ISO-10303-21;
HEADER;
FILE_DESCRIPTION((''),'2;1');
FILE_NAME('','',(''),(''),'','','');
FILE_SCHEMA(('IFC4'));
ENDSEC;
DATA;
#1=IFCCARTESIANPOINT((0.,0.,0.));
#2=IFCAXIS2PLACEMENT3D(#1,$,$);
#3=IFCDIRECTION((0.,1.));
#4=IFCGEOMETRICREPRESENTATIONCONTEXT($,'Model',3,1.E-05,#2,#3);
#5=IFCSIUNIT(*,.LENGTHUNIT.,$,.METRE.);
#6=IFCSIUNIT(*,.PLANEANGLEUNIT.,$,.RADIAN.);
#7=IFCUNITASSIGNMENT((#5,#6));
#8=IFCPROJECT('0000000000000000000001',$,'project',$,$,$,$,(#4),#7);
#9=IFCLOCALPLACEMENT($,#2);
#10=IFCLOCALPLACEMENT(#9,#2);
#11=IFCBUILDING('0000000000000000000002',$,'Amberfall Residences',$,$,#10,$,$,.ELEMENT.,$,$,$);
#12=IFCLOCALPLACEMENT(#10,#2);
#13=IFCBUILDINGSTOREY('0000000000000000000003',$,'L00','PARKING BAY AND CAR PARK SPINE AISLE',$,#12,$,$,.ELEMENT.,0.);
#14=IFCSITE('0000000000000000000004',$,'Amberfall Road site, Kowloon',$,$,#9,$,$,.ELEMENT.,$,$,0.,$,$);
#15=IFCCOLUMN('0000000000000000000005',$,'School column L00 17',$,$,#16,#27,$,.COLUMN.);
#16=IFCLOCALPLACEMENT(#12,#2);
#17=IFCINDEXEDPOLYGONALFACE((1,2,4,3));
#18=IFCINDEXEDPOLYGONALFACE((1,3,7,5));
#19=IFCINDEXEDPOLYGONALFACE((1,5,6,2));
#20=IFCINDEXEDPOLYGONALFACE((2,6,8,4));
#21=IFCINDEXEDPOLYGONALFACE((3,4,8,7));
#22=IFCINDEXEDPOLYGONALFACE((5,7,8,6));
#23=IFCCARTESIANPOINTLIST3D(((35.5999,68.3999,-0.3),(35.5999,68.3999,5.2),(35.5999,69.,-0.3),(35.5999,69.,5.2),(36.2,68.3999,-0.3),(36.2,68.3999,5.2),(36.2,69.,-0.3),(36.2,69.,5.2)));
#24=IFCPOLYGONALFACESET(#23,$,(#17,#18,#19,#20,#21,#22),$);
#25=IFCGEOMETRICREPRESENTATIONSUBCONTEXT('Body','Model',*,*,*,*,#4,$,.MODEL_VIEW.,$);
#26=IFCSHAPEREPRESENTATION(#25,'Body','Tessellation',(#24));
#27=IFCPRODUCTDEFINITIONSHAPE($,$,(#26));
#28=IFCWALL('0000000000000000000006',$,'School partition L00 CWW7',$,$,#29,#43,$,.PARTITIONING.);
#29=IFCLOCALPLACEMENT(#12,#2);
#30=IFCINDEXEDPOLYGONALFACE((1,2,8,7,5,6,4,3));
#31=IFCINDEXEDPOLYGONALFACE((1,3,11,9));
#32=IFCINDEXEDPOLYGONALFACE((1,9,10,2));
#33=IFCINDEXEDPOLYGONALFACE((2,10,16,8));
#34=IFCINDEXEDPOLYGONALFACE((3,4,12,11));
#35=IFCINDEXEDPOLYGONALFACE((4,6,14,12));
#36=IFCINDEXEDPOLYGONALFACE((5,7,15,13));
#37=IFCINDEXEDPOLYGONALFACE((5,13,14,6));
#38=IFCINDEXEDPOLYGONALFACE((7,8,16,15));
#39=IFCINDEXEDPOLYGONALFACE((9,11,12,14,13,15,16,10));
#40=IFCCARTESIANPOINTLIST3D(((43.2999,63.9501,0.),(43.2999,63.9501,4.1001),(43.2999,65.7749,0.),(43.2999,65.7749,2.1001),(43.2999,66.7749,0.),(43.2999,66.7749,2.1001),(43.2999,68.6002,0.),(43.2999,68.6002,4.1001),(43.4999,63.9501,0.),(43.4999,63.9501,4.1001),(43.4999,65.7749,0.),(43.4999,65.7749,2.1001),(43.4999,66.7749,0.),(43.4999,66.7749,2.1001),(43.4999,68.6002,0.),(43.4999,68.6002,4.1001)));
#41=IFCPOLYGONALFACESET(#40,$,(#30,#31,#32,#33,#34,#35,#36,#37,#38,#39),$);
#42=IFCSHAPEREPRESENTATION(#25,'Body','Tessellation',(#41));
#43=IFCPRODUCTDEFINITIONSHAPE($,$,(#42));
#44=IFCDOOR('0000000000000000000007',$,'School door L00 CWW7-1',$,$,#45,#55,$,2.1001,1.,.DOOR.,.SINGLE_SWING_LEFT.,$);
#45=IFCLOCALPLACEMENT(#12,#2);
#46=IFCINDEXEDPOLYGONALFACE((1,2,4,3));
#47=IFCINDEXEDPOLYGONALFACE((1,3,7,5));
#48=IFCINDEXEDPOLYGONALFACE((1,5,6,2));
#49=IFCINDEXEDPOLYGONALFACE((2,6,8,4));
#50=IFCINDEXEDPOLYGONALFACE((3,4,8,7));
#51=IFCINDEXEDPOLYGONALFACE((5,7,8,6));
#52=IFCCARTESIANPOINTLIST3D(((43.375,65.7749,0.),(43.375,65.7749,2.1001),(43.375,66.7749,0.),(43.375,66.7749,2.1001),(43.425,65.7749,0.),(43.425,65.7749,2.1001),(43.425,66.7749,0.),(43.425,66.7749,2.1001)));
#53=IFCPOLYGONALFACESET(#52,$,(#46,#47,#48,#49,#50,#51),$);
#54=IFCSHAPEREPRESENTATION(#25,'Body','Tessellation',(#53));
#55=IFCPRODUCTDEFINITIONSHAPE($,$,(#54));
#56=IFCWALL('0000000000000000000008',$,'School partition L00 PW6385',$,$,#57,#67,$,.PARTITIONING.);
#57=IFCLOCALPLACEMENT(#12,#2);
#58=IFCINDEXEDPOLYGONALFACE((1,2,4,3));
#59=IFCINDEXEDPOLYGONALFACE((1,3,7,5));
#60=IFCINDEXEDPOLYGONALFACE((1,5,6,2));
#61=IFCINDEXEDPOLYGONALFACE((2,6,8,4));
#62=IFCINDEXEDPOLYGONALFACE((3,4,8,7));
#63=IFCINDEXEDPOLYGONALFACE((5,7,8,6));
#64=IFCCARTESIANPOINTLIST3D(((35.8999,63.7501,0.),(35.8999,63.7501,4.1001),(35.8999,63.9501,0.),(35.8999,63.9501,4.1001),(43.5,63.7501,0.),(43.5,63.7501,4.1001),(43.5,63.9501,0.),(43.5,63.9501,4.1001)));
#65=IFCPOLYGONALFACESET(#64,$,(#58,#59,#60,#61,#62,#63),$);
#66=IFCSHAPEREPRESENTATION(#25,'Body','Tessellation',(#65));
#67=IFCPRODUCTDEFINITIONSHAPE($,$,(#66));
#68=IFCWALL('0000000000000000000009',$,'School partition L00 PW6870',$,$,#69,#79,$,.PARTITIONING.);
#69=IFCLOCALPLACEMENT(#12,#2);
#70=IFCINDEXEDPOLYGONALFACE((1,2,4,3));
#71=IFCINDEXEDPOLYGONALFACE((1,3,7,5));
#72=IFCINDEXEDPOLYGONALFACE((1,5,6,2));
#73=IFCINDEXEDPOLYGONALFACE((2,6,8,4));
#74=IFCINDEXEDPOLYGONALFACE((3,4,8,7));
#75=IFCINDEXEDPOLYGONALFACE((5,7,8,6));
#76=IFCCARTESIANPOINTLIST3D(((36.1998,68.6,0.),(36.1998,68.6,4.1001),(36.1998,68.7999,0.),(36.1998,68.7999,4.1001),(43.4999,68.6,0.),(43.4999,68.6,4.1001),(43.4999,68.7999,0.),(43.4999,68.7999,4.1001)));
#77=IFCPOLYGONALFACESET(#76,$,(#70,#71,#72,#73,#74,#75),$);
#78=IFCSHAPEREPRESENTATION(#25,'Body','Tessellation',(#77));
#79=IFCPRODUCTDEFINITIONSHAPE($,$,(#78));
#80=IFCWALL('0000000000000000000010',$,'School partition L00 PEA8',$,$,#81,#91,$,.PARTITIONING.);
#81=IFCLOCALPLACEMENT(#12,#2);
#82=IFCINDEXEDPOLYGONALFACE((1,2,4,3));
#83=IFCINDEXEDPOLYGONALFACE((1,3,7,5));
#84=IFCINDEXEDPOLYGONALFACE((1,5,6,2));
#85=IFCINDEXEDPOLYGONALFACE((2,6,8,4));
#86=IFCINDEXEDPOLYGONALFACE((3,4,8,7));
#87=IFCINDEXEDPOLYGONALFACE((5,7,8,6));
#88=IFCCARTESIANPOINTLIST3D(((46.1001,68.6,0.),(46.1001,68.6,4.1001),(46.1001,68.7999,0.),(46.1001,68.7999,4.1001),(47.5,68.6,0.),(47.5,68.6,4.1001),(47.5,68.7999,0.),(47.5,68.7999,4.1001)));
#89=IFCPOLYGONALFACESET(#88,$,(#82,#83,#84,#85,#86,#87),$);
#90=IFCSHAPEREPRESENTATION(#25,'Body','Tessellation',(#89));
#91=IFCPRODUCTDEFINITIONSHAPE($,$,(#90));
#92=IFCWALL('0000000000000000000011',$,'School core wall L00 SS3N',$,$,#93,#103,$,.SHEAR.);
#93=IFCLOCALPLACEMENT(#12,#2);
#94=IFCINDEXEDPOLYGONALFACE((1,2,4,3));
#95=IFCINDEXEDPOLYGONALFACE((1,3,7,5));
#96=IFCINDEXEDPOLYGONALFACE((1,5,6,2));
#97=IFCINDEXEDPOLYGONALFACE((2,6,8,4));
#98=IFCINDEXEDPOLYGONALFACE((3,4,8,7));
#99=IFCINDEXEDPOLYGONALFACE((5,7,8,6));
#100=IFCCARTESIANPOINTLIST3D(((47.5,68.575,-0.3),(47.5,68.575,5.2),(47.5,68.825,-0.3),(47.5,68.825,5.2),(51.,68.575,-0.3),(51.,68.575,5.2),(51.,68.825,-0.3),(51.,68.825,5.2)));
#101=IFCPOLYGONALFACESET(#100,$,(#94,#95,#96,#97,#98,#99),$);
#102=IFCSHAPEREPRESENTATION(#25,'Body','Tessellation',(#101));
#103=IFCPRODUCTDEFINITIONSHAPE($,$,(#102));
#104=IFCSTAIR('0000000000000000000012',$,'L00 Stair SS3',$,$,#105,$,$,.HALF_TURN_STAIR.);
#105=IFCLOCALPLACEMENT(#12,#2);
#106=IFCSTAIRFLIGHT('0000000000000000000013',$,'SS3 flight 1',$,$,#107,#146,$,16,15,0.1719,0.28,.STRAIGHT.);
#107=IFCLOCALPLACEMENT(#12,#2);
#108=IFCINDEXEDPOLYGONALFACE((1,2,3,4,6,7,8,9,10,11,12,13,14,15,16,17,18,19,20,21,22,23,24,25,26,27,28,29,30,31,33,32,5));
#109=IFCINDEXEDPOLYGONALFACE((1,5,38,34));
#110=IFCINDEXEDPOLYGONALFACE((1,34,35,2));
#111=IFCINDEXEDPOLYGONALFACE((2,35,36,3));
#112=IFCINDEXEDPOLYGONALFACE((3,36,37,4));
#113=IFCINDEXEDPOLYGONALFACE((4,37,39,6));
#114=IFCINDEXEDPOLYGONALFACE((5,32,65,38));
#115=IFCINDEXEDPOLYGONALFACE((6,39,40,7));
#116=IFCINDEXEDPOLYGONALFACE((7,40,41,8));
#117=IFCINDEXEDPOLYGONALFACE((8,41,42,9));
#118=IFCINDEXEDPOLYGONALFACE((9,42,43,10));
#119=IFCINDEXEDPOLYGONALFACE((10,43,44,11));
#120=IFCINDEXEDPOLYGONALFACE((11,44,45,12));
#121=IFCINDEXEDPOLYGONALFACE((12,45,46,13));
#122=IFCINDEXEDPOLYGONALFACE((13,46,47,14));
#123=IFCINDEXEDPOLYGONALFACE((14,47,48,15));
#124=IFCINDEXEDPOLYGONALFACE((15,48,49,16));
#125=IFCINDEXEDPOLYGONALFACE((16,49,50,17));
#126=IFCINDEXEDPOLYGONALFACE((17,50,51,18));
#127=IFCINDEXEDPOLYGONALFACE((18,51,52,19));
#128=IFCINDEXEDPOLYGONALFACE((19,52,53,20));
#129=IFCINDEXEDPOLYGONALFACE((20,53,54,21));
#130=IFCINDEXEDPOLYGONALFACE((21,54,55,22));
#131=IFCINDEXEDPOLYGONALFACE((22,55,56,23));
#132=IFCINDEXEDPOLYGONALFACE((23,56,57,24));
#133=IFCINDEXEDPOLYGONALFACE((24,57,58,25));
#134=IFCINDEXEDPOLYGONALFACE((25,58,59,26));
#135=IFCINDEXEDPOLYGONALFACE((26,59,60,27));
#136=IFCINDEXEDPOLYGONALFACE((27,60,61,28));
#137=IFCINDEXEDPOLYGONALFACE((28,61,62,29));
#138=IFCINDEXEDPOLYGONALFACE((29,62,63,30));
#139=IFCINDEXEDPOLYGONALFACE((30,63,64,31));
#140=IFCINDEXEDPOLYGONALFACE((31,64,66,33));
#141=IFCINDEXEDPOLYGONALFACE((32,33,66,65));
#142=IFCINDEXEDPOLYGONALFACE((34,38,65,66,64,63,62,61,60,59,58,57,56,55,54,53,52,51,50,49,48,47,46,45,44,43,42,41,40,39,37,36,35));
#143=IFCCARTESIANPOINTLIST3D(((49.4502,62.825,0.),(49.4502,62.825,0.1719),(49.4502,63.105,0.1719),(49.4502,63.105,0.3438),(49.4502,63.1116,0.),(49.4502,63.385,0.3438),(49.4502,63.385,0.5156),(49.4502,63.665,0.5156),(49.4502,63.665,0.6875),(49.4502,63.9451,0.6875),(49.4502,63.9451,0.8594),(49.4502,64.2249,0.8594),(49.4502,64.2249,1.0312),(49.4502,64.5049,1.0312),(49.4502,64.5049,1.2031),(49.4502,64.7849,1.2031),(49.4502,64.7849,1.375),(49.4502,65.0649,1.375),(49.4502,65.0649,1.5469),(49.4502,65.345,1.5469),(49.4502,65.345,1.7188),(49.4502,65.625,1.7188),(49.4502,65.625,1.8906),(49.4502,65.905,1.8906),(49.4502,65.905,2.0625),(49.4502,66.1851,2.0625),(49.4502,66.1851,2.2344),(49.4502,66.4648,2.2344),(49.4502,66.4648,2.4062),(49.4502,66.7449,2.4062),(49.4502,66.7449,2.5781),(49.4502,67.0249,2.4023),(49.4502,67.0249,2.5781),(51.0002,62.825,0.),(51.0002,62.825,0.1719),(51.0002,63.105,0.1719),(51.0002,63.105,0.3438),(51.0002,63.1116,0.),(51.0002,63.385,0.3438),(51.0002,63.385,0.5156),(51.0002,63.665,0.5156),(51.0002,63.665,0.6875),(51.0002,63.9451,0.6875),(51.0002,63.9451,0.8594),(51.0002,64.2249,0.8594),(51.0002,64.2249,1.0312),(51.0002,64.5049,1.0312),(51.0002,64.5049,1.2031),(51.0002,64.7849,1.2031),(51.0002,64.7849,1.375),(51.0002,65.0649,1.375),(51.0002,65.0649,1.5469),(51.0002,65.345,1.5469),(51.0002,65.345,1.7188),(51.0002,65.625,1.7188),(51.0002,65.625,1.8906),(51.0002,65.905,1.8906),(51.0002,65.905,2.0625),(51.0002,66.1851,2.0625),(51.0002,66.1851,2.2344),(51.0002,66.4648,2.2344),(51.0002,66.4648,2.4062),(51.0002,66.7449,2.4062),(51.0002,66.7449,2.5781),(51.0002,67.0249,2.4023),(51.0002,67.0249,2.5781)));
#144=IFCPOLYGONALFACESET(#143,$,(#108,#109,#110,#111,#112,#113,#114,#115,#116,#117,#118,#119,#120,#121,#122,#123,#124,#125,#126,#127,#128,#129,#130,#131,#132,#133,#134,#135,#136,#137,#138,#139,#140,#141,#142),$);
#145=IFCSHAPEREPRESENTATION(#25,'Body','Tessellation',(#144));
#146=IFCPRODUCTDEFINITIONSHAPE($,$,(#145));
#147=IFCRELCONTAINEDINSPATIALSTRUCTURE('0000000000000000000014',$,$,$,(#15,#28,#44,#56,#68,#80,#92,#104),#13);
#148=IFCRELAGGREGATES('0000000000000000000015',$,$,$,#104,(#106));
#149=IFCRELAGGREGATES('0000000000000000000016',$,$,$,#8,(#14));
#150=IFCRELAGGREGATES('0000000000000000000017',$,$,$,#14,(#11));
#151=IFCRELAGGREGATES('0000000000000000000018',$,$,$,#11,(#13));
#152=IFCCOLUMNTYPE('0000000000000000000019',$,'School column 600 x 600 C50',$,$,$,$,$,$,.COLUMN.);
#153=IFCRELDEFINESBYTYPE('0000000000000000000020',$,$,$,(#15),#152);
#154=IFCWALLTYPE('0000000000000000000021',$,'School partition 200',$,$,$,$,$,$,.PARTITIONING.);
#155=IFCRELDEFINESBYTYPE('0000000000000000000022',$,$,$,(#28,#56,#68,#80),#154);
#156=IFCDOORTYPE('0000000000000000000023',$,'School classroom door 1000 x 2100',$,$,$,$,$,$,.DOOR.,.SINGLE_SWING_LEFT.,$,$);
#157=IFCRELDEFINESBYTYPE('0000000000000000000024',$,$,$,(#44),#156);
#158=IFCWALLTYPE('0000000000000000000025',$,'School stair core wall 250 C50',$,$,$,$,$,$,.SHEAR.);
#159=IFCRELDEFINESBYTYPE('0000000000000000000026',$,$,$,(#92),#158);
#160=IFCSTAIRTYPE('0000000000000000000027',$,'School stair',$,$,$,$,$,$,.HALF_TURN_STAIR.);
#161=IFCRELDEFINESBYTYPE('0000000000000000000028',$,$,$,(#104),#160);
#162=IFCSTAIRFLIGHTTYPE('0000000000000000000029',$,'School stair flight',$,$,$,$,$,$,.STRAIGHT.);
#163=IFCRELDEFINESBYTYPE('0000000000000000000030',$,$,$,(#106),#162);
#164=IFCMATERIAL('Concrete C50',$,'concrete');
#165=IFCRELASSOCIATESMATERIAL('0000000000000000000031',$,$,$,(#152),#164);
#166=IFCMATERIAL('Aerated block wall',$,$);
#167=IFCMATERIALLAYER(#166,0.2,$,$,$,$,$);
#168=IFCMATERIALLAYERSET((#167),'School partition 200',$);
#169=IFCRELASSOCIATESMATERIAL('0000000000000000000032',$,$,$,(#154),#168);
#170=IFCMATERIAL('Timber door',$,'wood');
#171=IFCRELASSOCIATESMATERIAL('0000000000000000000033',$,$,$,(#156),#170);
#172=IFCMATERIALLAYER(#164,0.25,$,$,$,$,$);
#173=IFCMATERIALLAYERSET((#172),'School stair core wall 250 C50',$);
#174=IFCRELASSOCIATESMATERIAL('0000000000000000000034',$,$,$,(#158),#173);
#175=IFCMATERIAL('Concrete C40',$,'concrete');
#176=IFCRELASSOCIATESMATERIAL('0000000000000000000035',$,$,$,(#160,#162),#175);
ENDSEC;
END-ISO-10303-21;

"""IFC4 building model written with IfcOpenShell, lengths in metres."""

from ifc_helpers import new_model, si_unit, direction, frame, frame_2d, origin, origin_2d, place, context, subcontext, project, spatial, polyline, rectangle, outline, extrude, material, layer, layer_set, material_profile, profile_set, type_object, element, fill, aggregate, save


model = new_model("IFC4")

# Units and contexts
model_context = context("Model", 3, precision=1e-05, world=origin(), true_north=direction((0.0, 1.0)))
body_context = subcontext(model_context, "Body", "Model", "MODEL_VIEW")
ifc_project = project(units=[si_unit("LENGTHUNIT", "METRE"), si_unit("PLANEANGLEUNIT", "RADIAN")], contexts=[model_context])

# Site, building, storey
site_placement = place(None, origin())
site = spatial("IfcSite", under=ifc_project, at=site_placement, Name="Amberfall Road site, Kowloon", CompositionType="ELEMENT", RefElevation=0.0)
building_placement = place(site_placement, origin())
building = spatial("IfcBuilding", under=site, at=building_placement, Name="Amberfall Residences", CompositionType="ELEMENT")
storey_placement = place(building_placement, origin())
storey = spatial("IfcBuildingStorey", under=building, at=storey_placement, Name="L00", Description="PARKING BAY AND CAR PARK SPINE AISLE", CompositionType="ELEMENT", Elevation=0.0)

# Column
ifc_material_1 = material(Name="Concrete C50", Category="concrete")
ifc_material_profile = material_profile(ifc_material_1, rectangle(XDim=0.6001, YDim=0.6001, at=origin_2d()), Name="School column 600 x 600 C50")
ifc_profile_set = profile_set([ifc_material_profile], Name="Concrete C50")
column_type = type_object("IfcColumnType", Name="School column 600 x 600 C50", PredefinedType="COLUMN", material=ifc_profile_set)
column_placement = place(storey_placement, frame((35.8999, 68.7, -0.3), z_axis=(0.0, 0.0, 1.0), x_axis=(1.0, 0.0, 0.0)))
element("IfcColumn", 1, at=column_placement, inside=storey, type_object=column_type, Name="School column L00 17", PredefinedType="COLUMN", context=body_context, shape_type="SweptSolid", body=[
    extrude(rectangle(XDim=0.6001, YDim=0.6001, at=origin_2d()), origin(), (0.0, 0.0, 1.0), 5.5),
])

# Wall, opening, door
ifc_material_2 = material(Name="Aerated block wall")
ifc_layer_1 = layer(ifc_material_2, 0.2)
ifc_layer_set_1 = layer_set([ifc_layer_1], Name="School partition 200")
wall_type_1 = type_object("IfcWallType", Name="School partition 200", PredefinedType="PARTITIONING", material=ifc_layer_set_1)
wall_1_placement = place(storey_placement, frame((43.3999, 63.95, 0.0), z_axis=(0.0, 0.0, 1.0), x_axis=(0.0, 1.0, 0.0)))
wall_1 = element("IfcWall", 2, at=wall_1_placement, inside=storey, type_object=wall_type_1, Name="School partition L00 CWW7", PredefinedType="PARTITIONING", context=body_context, shape_type="SweptSolid", body=[
    extrude(rectangle(XDim=4.6501, YDim=0.2, at=frame_2d((2.3252, 0.0))), origin(), (0.0, 0.0, 1.0), 4.1001),
])
opening_placement = place(wall_1_placement, frame((1.825, 0.0, 0.0)))
opening = element("IfcOpeningElement", 3, at=opening_placement, cuts=wall_1, PredefinedType="OPENING", context=body_context, shape_type="SweptSolid", body=[
    extrude(rectangle(XDim=1.0, YDim=2.1001, at=frame_2d((0.5, 1.05))), frame((0.0, 0.1099, 0.0), z_axis=(0.0, -1.0, 0.0), x_axis=(1.0, 0.0, 0.0)), (0.0, 0.0, 1.0), 0.22),
])
ifc_material_3 = material(Name="Timber door", Category="wood")
door_type = type_object("IfcDoorType", Name="School classroom door 1000 x 2100", OperationType="SINGLE_SWING_LEFT", PredefinedType="DOOR", material=ifc_material_3)
door_placement = place(opening_placement, origin())
door = element("IfcDoor", 4, at=door_placement, inside=storey, type_object=door_type, Name="School door L00 CWW7-1", OperationType="SINGLE_SWING_LEFT", OverallHeight=2.1001, OverallWidth=1.0, PredefinedType="DOOR", context=body_context, shape_type="SweptSolid", body=[
    extrude(rectangle(XDim=1.0, YDim=2.1001, at=frame_2d((0.5, 1.05))), frame((0.0, 0.0249, 0.0), z_axis=(0.0, -1.0, 0.0), x_axis=(1.0, 0.0, 0.0)), (0.0, 0.0, 1.0), 0.05),
])
fill(opening, door)

# Walls
wall_2_placement = place(storey_placement, frame((35.8999, 63.8501, 0.0), z_axis=(0.0, 0.0, 1.0), x_axis=(1.0, 0.0, 0.0)))
element("IfcWall", 5, at=wall_2_placement, inside=storey, type_object=wall_type_1, Name="School partition L00 PW6385", PredefinedType="PARTITIONING", context=body_context, shape_type="SweptSolid", body=[
    extrude(rectangle(XDim=7.6001, YDim=0.2, at=frame_2d((3.8, 0.0))), origin(), (0.0, 0.0, 1.0), 4.1001),
])
wall_3_placement = place(storey_placement, frame((36.2, 68.7, 0.0), z_axis=(0.0, 0.0, 1.0), x_axis=(1.0, 0.0, 0.0)))
element("IfcWall", 6, at=wall_3_placement, inside=storey, type_object=wall_type_1, Name="School partition L00 PW6870", PredefinedType="PARTITIONING", context=body_context, shape_type="SweptSolid", body=[
    extrude(rectangle(XDim=7.3, YDim=0.2, at=frame_2d((3.6499, 0.0))), origin(), (0.0, 0.0, 1.0), 4.1001),
])
wall_4_placement = place(storey_placement, frame((46.1001, 68.7, 0.0), z_axis=(0.0, 0.0, 1.0), x_axis=(1.0, 0.0, 0.0)))
element("IfcWall", 7, at=wall_4_placement, inside=storey, type_object=wall_type_1, Name="School partition L00 PEA8", PredefinedType="PARTITIONING", context=body_context, shape_type="SweptSolid", body=[
    extrude(rectangle(XDim=1.3999, YDim=0.2, at=frame_2d((0.7, 0.0))), origin(), (0.0, 0.0, 1.0), 4.1001),
])
ifc_layer_2 = layer(ifc_material_1, 0.25)
ifc_layer_set_2 = layer_set([ifc_layer_2], Name="School stair core wall 250 C50")
wall_type_2 = type_object("IfcWallType", Name="School stair core wall 250 C50", PredefinedType="SHEAR", material=ifc_layer_set_2)
wall_5_placement = place(storey_placement, frame((47.5, 68.7, -0.3), z_axis=(0.0, 0.0, 1.0), x_axis=(1.0, 0.0, 0.0)))
element("IfcWall", 8, at=wall_5_placement, inside=storey, type_object=wall_type_2, Name="School core wall L00 SS3N", PredefinedType="SHEAR", context=body_context, shape_type="SweptSolid", body=[
    extrude(rectangle(XDim=3.5, YDim=0.25, at=frame_2d((1.75, 0.0))), origin(), (0.0, 0.0, 1.0), 5.5),
])

# Stair, stair flight
ifc_material_4 = material(Name="Concrete C40", Category="concrete")
stair_type = type_object("IfcStairType", Name="School stair", PredefinedType="HALF_TURN_STAIR", material=ifc_material_4)
stair_placement = place(storey_placement, origin())
stair = element("IfcStair", 9, at=stair_placement, inside=storey, type_object=stair_type, Name="L00 Stair SS3", PredefinedType="HALF_TURN_STAIR")
stair_flight_type = type_object("IfcStairFlightType", Name="School stair flight", PredefinedType="STRAIGHT", material=ifc_material_4)
stair_flight_1_placement = place(storey_placement, frame((50.2251, 62.825, 0.0), z_axis=(0.0, 0.0, 1.0), x_axis=(0.0, 1.0, 0.0)))
stair_flight_1 = element("IfcStairFlight", 10, at=stair_flight_1_placement, type_object=stair_flight_type, Name="SS3 flight 1", NumberOfRisers=16, NumberOfTreads=15, PredefinedType="STRAIGHT", RiserHeight=0.1719, TreadLength=0.28, context=body_context, shape_type="SweptSolid", body=[
    extrude(outline(polyline([(0.0, 0.0), (0.0, 0.1719), (0.28, 0.1719), (0.28, 0.3438), (0.5601, 0.3438), (0.5601, 0.5156), (0.8401, 0.5156), (0.8401, 0.6875), (1.1201, 0.6875), (1.1201, 0.8594), (1.3999, 0.8594), (1.3999, 1.0312), (1.6799, 1.0312), (1.6799, 1.2031), (1.96, 1.2031), (1.96, 1.375), (2.24, 1.375), (2.24, 1.5469), (2.52, 1.5469), (2.52, 1.7188), (2.8, 1.7188), (2.8, 1.8906), (3.0801, 1.8906), (3.0801, 2.0625), (3.3601, 2.0625), (3.3601, 2.2344), (3.6399, 2.2344), (3.6399, 2.4062), (3.9199, 2.4062), (3.9199, 2.5781), (4.2, 2.5781), (4.2, 2.75), (4.2, 2.4023), (0.2866, 0.0), (0.0, 0.0)])), frame((0.0, 0.7749, 0.0), z_axis=(0.0, -1.0, 0.0), x_axis=(1.0, 0.0, 0.0)), (0.0, 0.0, 1.0), 1.55),
])
aggregate(stair, [stair_flight_1])

save(model, "model.ifc")
